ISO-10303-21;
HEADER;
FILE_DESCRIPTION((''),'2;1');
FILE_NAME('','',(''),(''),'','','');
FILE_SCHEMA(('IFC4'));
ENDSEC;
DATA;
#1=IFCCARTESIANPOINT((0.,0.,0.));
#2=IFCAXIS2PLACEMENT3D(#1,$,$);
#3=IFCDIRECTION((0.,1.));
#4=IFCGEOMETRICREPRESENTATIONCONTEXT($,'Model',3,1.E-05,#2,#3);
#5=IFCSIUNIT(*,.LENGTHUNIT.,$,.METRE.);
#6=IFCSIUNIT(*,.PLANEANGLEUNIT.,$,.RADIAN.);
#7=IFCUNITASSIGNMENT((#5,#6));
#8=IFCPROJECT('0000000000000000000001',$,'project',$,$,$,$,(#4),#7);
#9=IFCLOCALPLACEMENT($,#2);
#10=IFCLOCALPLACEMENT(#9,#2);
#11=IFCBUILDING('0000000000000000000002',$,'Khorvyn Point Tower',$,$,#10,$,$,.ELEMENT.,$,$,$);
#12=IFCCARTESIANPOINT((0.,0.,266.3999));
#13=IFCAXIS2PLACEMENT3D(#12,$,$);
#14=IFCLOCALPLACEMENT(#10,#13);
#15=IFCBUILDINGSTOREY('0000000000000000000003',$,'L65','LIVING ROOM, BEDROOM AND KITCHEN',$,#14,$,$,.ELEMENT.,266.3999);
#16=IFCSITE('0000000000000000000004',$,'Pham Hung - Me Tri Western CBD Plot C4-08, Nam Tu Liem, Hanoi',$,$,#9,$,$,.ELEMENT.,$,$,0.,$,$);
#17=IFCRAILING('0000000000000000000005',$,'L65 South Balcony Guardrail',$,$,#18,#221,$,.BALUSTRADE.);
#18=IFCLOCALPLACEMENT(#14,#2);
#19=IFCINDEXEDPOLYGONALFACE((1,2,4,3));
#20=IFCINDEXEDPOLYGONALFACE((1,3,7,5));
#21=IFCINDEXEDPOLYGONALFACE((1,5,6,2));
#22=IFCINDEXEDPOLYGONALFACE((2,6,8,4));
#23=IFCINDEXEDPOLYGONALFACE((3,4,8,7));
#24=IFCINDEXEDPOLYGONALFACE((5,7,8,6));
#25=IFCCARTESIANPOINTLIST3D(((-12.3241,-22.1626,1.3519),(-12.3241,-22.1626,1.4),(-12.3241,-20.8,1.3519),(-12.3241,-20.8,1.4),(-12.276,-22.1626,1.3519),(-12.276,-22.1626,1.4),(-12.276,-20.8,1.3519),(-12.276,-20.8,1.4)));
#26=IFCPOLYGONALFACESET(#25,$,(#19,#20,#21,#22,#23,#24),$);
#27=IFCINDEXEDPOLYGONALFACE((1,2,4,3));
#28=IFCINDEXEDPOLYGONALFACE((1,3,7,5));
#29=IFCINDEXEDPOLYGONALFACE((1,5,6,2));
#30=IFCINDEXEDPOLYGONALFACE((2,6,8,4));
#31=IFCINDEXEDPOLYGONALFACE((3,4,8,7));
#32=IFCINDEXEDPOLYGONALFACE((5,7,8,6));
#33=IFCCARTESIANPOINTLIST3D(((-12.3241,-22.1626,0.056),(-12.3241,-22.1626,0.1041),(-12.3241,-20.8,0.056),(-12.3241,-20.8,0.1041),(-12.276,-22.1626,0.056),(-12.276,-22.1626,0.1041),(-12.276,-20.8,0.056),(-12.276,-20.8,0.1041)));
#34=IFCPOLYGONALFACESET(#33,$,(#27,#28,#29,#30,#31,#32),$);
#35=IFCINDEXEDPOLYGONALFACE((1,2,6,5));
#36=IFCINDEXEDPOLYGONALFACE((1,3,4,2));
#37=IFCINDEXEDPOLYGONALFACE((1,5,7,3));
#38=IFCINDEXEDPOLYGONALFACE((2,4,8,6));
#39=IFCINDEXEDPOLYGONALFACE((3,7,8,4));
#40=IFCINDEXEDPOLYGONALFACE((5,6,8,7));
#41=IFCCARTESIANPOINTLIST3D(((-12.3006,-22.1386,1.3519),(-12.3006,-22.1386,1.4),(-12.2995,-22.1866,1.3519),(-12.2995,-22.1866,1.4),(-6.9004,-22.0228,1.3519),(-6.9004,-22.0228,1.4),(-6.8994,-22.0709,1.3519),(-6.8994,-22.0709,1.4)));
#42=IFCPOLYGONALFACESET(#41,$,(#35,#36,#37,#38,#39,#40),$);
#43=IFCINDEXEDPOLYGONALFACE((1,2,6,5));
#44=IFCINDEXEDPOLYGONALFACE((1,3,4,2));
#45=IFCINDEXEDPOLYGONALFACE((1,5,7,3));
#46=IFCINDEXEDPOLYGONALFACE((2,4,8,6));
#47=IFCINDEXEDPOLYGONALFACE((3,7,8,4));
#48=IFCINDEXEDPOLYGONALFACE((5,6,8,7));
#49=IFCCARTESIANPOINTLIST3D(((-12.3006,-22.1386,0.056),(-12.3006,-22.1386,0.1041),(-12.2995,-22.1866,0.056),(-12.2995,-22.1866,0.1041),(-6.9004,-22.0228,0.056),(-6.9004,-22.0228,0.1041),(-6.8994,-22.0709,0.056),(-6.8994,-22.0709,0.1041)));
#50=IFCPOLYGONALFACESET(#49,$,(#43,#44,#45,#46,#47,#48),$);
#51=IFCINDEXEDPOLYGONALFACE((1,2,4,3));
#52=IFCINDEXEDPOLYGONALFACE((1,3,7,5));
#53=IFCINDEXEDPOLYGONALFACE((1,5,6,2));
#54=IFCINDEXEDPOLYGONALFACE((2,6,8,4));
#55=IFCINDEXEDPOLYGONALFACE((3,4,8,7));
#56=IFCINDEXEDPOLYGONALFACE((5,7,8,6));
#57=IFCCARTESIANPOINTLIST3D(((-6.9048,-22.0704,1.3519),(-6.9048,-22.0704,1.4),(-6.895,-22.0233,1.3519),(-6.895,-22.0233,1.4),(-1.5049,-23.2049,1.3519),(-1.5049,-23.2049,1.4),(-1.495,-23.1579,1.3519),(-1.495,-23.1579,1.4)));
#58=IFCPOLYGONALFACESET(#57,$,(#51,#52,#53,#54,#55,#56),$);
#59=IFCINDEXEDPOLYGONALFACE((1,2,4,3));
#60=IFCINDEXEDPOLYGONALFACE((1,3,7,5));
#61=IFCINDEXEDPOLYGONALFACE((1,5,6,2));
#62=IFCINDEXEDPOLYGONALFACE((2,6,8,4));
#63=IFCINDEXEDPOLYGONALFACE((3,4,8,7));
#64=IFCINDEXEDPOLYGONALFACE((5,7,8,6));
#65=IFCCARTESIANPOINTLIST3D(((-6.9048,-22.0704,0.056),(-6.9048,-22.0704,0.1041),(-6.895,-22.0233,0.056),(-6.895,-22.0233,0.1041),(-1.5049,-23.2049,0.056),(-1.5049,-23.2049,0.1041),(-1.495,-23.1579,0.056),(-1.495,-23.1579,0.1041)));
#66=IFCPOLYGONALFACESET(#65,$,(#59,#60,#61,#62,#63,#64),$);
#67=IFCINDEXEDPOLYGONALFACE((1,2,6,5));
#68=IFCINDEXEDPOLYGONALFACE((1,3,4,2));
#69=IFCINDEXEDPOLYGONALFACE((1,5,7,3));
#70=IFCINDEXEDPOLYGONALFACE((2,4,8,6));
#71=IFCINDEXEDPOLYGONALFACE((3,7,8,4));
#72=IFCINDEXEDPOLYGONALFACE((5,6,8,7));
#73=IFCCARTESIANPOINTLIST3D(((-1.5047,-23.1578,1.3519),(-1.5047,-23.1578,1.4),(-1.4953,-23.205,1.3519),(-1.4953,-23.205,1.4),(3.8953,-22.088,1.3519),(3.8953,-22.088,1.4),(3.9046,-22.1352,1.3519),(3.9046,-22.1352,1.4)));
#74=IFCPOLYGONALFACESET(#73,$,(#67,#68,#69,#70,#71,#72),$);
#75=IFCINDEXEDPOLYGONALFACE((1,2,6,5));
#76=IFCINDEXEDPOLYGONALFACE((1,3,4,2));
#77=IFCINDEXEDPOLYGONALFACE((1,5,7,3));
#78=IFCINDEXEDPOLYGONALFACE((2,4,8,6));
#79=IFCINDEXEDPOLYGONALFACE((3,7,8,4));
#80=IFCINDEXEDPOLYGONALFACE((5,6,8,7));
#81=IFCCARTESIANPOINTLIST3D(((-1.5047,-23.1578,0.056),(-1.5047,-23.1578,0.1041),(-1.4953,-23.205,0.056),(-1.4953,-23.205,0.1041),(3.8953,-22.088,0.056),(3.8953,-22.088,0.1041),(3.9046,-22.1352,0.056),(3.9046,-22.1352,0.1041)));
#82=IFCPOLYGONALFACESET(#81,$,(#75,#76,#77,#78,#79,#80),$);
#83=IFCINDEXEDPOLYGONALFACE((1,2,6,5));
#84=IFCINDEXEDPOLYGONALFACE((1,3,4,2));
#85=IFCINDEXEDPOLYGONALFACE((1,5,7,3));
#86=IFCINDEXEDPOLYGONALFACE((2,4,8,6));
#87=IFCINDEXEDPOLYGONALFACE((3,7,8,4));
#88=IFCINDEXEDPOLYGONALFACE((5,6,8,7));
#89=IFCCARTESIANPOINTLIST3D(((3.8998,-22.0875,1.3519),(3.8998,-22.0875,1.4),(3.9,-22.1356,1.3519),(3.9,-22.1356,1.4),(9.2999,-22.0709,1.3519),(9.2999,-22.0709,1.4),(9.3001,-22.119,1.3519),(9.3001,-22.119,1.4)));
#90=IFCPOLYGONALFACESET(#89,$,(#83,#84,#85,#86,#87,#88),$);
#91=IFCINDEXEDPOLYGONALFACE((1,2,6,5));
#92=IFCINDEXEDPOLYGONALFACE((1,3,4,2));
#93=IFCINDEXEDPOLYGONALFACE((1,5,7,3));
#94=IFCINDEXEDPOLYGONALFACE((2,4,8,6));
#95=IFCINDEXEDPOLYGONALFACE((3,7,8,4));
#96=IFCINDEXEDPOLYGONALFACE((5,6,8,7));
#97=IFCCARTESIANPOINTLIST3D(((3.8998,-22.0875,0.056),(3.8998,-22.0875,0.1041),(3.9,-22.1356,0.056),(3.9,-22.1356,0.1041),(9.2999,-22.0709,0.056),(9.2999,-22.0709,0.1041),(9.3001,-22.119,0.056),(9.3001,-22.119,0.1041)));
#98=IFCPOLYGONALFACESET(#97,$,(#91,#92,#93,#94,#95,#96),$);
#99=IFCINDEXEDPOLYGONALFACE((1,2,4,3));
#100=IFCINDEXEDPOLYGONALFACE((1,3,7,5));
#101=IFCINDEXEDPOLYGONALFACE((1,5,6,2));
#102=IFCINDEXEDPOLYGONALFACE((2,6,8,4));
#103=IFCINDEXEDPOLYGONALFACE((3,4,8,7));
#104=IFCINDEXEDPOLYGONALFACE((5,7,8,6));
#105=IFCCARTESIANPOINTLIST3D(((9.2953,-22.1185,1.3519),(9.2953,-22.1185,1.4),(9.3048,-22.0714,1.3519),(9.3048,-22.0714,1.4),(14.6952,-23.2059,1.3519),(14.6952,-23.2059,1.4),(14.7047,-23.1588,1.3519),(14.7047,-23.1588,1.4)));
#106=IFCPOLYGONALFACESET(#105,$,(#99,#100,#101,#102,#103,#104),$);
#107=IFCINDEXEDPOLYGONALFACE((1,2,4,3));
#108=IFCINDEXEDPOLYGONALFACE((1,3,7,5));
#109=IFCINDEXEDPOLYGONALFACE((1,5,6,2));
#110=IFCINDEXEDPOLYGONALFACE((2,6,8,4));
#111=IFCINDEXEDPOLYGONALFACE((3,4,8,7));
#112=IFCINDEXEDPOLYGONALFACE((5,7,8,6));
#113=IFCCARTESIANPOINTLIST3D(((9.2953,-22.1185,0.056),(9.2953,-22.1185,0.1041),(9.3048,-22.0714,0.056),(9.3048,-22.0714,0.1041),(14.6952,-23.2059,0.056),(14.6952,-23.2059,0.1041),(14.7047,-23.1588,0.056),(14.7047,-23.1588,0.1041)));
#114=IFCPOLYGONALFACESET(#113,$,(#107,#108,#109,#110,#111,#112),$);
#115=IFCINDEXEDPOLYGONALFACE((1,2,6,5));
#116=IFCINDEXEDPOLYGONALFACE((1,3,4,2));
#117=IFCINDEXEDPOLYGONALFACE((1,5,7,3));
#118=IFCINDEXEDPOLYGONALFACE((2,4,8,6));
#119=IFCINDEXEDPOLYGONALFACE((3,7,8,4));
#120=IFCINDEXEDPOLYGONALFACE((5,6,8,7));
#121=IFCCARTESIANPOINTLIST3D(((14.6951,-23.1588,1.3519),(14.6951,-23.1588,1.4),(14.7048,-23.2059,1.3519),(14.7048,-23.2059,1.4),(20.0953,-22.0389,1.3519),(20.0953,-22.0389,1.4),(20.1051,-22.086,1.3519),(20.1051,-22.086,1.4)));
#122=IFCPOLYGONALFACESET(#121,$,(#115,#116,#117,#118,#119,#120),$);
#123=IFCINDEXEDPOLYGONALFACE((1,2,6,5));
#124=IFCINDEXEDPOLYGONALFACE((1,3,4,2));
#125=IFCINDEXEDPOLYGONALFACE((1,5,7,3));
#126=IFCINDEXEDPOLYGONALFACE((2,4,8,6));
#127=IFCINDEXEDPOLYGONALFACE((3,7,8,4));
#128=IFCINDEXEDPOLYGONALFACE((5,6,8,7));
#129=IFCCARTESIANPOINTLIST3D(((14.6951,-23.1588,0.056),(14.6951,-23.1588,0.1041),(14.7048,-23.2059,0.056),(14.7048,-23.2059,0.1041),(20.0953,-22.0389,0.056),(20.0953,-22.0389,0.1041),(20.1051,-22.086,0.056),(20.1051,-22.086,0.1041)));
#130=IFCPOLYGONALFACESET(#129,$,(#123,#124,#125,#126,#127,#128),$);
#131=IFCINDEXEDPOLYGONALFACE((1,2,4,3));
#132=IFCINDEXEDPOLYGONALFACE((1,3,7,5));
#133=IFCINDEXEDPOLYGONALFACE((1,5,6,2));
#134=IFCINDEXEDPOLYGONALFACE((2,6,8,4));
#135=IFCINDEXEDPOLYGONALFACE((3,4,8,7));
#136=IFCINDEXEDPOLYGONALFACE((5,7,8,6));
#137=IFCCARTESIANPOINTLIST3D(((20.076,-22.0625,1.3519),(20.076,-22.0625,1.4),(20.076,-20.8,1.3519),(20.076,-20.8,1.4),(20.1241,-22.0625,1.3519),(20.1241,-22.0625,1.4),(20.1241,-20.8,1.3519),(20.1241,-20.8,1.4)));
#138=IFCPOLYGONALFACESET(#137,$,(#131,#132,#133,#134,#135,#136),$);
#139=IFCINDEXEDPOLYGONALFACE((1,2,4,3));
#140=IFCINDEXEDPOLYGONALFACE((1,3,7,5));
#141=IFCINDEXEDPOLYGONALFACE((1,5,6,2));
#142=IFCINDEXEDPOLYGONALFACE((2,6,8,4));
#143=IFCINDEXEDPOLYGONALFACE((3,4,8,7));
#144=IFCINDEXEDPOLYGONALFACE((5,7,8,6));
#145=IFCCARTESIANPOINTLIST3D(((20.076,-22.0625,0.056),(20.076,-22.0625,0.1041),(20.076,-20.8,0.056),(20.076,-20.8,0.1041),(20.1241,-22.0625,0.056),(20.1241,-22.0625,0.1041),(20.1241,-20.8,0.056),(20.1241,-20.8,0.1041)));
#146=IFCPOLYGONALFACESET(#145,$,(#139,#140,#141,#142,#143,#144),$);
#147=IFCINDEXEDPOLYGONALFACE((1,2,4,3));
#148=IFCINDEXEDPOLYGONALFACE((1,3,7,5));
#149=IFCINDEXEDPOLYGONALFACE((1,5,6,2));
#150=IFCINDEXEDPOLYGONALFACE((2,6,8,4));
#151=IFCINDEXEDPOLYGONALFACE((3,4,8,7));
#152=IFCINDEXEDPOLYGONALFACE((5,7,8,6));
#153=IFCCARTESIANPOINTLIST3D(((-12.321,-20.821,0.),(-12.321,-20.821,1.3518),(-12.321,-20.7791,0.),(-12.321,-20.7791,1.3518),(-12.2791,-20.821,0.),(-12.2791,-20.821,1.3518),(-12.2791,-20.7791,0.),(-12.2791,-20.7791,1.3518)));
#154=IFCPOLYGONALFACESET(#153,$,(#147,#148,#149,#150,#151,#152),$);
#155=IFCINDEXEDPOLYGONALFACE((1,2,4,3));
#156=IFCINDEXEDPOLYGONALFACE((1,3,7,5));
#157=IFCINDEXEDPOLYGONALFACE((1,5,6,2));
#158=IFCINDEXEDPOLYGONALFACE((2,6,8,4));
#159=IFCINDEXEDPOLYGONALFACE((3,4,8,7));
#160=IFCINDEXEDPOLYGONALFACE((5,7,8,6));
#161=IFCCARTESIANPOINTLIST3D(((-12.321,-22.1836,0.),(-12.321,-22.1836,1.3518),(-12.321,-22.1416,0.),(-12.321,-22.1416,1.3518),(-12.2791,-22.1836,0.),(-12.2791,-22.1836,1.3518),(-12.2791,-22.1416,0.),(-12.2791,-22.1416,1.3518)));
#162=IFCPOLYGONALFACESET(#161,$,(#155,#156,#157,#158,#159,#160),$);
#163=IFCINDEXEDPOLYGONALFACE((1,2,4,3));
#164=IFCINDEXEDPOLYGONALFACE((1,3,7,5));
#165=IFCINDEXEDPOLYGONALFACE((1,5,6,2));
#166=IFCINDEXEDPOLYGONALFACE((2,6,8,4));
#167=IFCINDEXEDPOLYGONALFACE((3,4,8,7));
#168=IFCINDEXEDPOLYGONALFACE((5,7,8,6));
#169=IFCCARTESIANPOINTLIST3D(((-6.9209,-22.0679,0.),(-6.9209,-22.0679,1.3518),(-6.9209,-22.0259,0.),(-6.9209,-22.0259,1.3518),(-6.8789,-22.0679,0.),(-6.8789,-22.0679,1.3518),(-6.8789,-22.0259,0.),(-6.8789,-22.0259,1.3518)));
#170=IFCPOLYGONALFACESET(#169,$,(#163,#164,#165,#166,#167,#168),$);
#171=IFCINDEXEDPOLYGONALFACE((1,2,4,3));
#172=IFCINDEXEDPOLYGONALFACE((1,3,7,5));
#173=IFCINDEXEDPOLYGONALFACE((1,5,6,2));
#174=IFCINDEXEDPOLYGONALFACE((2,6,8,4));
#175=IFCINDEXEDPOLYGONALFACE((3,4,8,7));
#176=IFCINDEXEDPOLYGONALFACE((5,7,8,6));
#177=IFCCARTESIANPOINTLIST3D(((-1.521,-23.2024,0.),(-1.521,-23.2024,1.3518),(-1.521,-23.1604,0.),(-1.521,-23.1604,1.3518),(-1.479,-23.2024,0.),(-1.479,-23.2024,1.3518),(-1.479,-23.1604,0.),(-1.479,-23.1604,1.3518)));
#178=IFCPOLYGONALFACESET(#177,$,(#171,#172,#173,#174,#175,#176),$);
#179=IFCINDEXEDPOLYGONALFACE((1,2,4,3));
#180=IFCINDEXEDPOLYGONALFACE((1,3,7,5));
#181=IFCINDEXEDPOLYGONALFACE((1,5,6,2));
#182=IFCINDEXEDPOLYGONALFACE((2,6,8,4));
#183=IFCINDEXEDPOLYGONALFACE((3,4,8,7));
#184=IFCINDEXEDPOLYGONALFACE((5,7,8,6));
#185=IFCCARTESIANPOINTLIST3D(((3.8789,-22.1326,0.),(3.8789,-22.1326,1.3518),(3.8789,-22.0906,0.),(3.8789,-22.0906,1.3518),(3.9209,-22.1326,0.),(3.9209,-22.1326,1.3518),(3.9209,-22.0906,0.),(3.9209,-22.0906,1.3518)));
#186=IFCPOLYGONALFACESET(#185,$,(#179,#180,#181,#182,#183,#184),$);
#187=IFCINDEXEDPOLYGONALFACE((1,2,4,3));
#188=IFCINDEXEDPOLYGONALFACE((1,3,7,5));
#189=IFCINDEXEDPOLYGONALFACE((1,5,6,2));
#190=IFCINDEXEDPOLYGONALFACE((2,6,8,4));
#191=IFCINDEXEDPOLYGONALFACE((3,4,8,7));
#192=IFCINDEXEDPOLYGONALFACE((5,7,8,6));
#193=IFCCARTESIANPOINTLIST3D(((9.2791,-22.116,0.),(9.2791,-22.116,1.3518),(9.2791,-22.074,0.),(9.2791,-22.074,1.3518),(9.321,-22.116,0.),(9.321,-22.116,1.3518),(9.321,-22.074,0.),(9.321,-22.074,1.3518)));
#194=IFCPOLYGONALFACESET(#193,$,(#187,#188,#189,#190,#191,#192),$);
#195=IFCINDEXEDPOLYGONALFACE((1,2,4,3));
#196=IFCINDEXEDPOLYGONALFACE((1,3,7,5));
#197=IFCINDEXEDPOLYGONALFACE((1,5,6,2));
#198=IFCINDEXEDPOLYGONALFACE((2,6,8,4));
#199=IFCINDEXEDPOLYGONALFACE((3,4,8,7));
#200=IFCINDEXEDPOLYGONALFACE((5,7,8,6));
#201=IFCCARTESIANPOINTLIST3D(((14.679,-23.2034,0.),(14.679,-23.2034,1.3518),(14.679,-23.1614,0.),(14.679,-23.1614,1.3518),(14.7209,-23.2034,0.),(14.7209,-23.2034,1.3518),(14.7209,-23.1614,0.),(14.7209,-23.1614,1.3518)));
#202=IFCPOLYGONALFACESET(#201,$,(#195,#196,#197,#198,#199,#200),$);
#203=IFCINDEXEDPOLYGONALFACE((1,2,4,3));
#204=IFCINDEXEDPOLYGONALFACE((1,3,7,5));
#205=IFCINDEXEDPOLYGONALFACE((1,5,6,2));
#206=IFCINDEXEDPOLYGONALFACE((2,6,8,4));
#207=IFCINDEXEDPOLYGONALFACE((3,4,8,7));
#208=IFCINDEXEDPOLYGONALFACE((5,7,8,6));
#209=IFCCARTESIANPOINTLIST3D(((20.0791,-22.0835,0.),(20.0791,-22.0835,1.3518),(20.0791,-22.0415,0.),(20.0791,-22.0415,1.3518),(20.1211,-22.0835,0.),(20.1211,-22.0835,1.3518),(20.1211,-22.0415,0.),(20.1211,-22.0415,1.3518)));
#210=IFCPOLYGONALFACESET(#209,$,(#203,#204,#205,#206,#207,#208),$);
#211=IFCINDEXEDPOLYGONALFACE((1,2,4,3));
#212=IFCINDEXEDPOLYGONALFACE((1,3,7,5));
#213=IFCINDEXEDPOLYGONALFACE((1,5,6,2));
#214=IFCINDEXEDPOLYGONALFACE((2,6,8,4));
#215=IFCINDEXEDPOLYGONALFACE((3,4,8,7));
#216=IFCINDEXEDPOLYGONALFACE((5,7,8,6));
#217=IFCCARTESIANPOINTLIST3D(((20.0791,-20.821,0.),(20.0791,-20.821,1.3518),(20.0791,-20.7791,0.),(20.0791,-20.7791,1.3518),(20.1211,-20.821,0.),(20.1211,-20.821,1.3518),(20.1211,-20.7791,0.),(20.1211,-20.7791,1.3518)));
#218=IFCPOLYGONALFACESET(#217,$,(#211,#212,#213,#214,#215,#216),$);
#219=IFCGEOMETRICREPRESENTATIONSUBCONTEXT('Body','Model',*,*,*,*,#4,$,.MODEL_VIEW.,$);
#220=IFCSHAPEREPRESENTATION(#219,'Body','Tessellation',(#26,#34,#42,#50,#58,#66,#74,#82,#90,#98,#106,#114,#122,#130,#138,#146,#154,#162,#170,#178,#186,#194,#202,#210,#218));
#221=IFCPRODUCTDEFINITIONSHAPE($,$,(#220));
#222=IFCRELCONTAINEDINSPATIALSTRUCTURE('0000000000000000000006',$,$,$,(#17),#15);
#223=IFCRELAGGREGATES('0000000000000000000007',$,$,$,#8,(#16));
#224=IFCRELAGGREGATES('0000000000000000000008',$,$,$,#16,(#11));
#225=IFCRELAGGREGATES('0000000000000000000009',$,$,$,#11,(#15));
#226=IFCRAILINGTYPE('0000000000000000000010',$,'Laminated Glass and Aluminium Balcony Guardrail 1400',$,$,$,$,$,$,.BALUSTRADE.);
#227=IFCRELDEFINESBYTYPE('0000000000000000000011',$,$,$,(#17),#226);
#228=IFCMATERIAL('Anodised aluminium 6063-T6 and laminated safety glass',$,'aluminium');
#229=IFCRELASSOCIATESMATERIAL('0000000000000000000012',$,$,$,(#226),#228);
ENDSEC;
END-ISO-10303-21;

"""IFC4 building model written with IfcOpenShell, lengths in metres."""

from ifc_helpers import new_model, si_unit, direction, frame, origin, origin_2d, place, context, subcontext, project, spatial, rectangle, extrude, material, type_object, element, save


model = new_model("IFC4")

# Units and contexts
model_context = context("Model", 3, precision=1e-05, world=origin(), true_north=direction((0.0, 1.0)))
body_context = subcontext(model_context, "Body", "Model", "MODEL_VIEW")
ifc_project = project(units=[si_unit("LENGTHUNIT", "METRE"), si_unit("PLANEANGLEUNIT", "RADIAN")], contexts=[model_context])

# Site, building, storey
site_placement = place(None, origin())
site = spatial("IfcSite", under=ifc_project, at=site_placement, Name="Pham Hung - Me Tri Western CBD Plot C4-08, Nam Tu Liem, Hanoi", CompositionType="ELEMENT", RefElevation=0.0)
building_placement = place(site_placement, origin())
building = spatial("IfcBuilding", under=site, at=building_placement, Name="Khorvyn Point Tower", CompositionType="ELEMENT")
storey_placement = place(building_placement, frame((0.0, 0.0, 266.3999)))
storey = spatial("IfcBuildingStorey", under=building, at=storey_placement, Name="L65", Description="LIVING ROOM, BEDROOM AND KITCHEN", CompositionType="ELEMENT", Elevation=266.3999)

# Railing
ifc_material_1 = material(Name="Anodised aluminium 6063-T6 and laminated safety glass", Category="aluminium")
railing_type = type_object("IfcRailingType", Name="Laminated Glass and Aluminium Balcony Guardrail 1400", PredefinedType="BALUSTRADE", material=ifc_material_1)
railing_1_placement = place(storey_placement, frame((-12.3, -20.8, 0.0)))
element("IfcRailing", 1, at=railing_1_placement, inside=storey, type_object=railing_type, Name="L65 South Balcony Guardrail", PredefinedType="BALUSTRADE", context=body_context, shape_type="SweptSolid", body=[
    extrude(rectangle(XDim=0.0481, YDim=0.0481, at=origin_2d()), frame((0.0, 0.0, 1.376), z_axis=(0.0, -1.0, 0.0), x_axis=(1.0, 0.0, 0.0)), (0.0, 0.0, 1.0), 1.3625),
    extrude(rectangle(XDim=0.0481, YDim=0.0481, at=origin_2d()), frame((0.0, 0.0, 0.0801), z_axis=(0.0, -1.0, 0.0), x_axis=(1.0, 0.0, 0.0)), (0.0, 0.0, 1.0), 1.3625),
    extrude(rectangle(XDim=0.0481, YDim=0.0481, at=origin_2d()), frame((0.0, -1.3625, 1.376), z_axis=(0.99977, 0.021425, 0.0), x_axis=(-0.021425, 0.99977, 0.0)), (0.0, 0.0, 1.0), 5.4014),
    extrude(rectangle(XDim=0.0481, YDim=0.0481, at=origin_2d()), frame((0.0, -1.3625, 0.0801), z_axis=(0.99977, 0.021425, 0.0), x_axis=(-0.021425, 0.99977, 0.0)), (0.0, 0.0, 1.0), 5.4014),
    extrude(rectangle(XDim=0.0481, YDim=0.0481, at=origin_2d()), frame((5.4001, -1.2468, 1.376), z_axis=(0.978634, -0.205611, 0.0), x_axis=(0.205611, 0.978634, 0.0)), (0.0, 0.0, 1.0), 5.5178),
    extrude(rectangle(XDim=0.0481, YDim=0.0481, at=origin_2d()), frame((5.4001, -1.2468, 0.0801), z_axis=(0.978634, -0.205611, 0.0), x_axis=(0.205611, 0.978634, 0.0)), (0.0, 0.0, 1.0), 5.5178),
    extrude(rectangle(XDim=0.0481, YDim=0.0481, at=origin_2d()), frame((10.8, -2.3813, 1.376), z_axis=(0.980934, 0.194342, 0.0), x_axis=(-0.194342, 0.980934, 0.0)), (0.0, 0.0, 1.0), 5.5049),
    extrude(rectangle(XDim=0.0481, YDim=0.0481, at=origin_2d()), frame((10.8, -2.3813, 0.0801), z_axis=(0.980934, 0.194342, 0.0), x_axis=(-0.194342, 0.980934, 0.0)), (0.0, 0.0, 1.0), 5.5049),
    extrude(rectangle(XDim=0.0481, YDim=0.0481, at=origin_2d()), frame((16.2, -1.3115, 1.376), z_axis=(0.999995, 0.003074, 0.0), x_axis=(-0.003074, 0.999995, 0.0)), (0.0, 0.0, 1.0), 5.4001),
    extrude(rectangle(XDim=0.0481, YDim=0.0481, at=origin_2d()), frame((16.2, -1.3115, 0.0801), z_axis=(0.999995, 0.003074, 0.0), x_axis=(-0.003074, 0.999995, 0.0)), (0.0, 0.0, 1.0), 5.4001),
    extrude(rectangle(XDim=0.0481, YDim=0.0481, at=origin_2d()), frame((21.6001, -1.2949, 1.376), z_axis=(0.980321, -0.197412, 0.0), x_axis=(0.197412, 0.980321, 0.0)), (0.0, 0.0, 1.0), 5.5083),
    extrude(rectangle(XDim=0.0481, YDim=0.0481, at=origin_2d()), frame((21.6001, -1.2949, 0.0801), z_axis=(0.980321, -0.197412, 0.0), x_axis=(0.197412, 0.980321, 0.0)), (0.0, 0.0, 1.0), 5.5083),
    extrude(rectangle(XDim=0.0481, YDim=0.0481, at=origin_2d()), frame((27.0, -2.3823, 1.376), z_axis=(0.979167, 0.203058, 0.0), x_axis=(-0.203058, 0.979167, 0.0)), (0.0, 0.0, 1.0), 5.5151),
    extrude(rectangle(XDim=0.0481, YDim=0.0481, at=origin_2d()), frame((27.0, -2.3823, 0.0801), z_axis=(0.979167, 0.203058, 0.0), x_axis=(-0.203058, 0.979167, 0.0)), (0.0, 0.0, 1.0), 5.5151),
    extrude(rectangle(XDim=0.0481, YDim=0.0481, at=origin_2d()), frame((32.4001, -1.2625, 1.376), z_axis=(0.0, 1.0, 0.0), x_axis=(-1.0, 0.0, 0.0)), (0.0, 0.0, 1.0), 1.2625),
    extrude(rectangle(XDim=0.0481, YDim=0.0481, at=origin_2d()), frame((32.4001, -1.2625, 0.0801), z_axis=(0.0, 1.0, 0.0), x_axis=(-1.0, 0.0, 0.0)), (0.0, 0.0, 1.0), 1.2625),
    extrude(rectangle(XDim=0.042, YDim=0.042, at=origin_2d()), origin(), (0.0, 0.0, 1.0), 1.3518),
    extrude(rectangle(XDim=0.042, YDim=0.042, at=origin_2d()), frame((0.0, -1.3625, 0.0)), (0.0, 0.0, 1.0), 1.3518),
    extrude(rectangle(XDim=0.042, YDim=0.042, at=origin_2d()), frame((5.4001, -1.2468, 0.0)), (0.0, 0.0, 1.0), 1.3518),
    extrude(rectangle(XDim=0.042, YDim=0.042, at=origin_2d()), frame((10.8, -2.3813, 0.0)), (0.0, 0.0, 1.0), 1.3518),
    extrude(rectangle(XDim=0.042, YDim=0.042, at=origin_2d()), frame((16.2, -1.3115, 0.0)), (0.0, 0.0, 1.0), 1.3518),
    extrude(rectangle(XDim=0.042, YDim=0.042, at=origin_2d()), frame((21.6001, -1.2949, 0.0)), (0.0, 0.0, 1.0), 1.3518),
    extrude(rectangle(XDim=0.042, YDim=0.042, at=origin_2d()), frame((27.0, -2.3823, 0.0)), (0.0, 0.0, 1.0), 1.3518),
    extrude(rectangle(XDim=0.042, YDim=0.042, at=origin_2d()), frame((32.4001, -1.2625, 0.0)), (0.0, 0.0, 1.0), 1.3518),
    extrude(rectangle(XDim=0.042, YDim=0.042, at=origin_2d()), frame((32.4001, 0.0, 0.0)), (0.0, 0.0, 1.0), 1.3518),
])

save(model, "model.ifc")
